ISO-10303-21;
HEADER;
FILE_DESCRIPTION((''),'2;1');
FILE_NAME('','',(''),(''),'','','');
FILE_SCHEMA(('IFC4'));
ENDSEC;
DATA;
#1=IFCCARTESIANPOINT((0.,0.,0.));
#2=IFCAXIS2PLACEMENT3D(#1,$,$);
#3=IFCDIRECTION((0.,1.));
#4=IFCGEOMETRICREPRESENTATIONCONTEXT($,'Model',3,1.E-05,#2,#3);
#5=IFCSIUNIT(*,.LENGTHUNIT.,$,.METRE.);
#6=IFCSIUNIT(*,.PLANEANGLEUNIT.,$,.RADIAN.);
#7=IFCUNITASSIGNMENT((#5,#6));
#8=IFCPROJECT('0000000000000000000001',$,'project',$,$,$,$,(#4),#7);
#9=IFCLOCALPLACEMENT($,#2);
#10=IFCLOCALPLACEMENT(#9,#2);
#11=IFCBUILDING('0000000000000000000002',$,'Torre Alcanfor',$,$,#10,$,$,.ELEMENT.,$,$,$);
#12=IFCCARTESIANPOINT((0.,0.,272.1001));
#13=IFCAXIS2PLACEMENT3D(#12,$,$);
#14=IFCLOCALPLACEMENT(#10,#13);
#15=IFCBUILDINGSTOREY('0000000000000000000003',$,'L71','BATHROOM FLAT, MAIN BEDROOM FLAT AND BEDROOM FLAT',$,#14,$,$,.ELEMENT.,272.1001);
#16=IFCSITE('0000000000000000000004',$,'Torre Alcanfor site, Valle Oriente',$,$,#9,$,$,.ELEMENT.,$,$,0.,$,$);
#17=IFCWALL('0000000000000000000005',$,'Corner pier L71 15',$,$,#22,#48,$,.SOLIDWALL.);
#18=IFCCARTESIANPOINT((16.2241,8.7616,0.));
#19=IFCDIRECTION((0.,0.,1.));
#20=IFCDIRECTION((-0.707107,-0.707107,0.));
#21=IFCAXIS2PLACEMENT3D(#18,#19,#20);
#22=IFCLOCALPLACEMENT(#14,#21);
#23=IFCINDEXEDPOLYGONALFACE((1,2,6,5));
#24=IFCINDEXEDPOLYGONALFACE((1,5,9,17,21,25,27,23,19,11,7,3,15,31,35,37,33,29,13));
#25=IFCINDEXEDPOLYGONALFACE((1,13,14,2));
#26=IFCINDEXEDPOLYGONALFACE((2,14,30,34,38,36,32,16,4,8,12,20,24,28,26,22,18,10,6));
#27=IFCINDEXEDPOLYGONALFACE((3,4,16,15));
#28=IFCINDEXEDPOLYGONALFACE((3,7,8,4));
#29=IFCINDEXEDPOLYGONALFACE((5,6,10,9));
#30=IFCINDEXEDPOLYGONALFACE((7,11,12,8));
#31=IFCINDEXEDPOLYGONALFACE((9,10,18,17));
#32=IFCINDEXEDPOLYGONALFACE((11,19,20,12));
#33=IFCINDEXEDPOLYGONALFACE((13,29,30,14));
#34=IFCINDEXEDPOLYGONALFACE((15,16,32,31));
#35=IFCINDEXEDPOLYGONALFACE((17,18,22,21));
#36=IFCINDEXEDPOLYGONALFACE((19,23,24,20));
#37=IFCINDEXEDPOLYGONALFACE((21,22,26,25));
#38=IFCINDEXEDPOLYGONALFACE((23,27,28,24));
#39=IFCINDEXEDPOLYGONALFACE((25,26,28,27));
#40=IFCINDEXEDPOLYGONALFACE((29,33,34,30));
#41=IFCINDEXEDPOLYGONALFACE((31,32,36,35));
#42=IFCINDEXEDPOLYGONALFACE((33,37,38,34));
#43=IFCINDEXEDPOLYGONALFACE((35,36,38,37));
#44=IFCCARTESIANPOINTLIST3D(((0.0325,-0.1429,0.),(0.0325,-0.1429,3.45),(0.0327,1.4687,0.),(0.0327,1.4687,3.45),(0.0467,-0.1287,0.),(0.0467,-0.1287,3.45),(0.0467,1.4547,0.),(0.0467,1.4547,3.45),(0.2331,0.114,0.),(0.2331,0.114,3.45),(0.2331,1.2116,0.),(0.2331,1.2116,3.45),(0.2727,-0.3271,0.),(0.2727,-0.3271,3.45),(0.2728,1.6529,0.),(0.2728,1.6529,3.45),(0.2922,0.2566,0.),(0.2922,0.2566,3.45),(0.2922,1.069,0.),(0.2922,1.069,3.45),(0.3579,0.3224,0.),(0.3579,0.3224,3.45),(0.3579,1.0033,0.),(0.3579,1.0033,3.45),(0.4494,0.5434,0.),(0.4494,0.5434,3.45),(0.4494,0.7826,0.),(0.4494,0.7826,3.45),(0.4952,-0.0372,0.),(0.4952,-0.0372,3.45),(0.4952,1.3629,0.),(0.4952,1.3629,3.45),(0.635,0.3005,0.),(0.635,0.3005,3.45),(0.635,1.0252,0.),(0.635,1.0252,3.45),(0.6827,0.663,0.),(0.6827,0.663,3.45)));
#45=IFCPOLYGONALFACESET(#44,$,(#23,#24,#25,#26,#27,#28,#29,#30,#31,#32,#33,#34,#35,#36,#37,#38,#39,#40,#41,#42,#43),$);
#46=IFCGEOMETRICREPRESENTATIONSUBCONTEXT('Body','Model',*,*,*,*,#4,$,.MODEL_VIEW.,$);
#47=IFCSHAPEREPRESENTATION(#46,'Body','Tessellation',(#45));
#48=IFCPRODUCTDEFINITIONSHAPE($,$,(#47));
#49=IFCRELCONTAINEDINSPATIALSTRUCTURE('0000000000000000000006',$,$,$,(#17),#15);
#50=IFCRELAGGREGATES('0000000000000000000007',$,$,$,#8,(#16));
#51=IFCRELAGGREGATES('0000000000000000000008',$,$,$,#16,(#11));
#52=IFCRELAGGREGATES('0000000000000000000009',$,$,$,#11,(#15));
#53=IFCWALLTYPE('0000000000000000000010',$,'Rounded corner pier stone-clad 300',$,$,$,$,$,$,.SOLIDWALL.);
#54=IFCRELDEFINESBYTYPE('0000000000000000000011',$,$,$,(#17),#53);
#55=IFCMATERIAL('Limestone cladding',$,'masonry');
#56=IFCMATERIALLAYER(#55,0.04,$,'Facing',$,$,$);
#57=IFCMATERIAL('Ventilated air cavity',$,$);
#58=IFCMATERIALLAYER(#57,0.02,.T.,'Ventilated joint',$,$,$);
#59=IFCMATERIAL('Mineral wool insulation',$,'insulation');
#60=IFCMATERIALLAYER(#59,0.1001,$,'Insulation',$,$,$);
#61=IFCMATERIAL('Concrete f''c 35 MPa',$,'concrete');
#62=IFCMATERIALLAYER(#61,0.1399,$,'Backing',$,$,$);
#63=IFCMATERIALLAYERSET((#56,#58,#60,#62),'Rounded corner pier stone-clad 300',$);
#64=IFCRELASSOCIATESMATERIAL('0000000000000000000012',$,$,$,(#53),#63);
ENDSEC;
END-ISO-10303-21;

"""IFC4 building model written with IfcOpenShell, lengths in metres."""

from ifc_helpers import new_model, si_unit, direction, frame, origin, place, context, subcontext, project, spatial, polyline, outline, extrude, material, layer, layer_set, type_object, element, save


model = new_model("IFC4")

# Units and contexts
model_context = context("Model", 3, precision=1e-05, world=origin(), true_north=direction((0.0, 1.0)))
body_context = subcontext(model_context, "Body", "Model", "MODEL_VIEW")
ifc_project = project(units=[si_unit("LENGTHUNIT", "METRE"), si_unit("PLANEANGLEUNIT", "RADIAN")], contexts=[model_context])

# Site, building, storey
site_placement = place(None, origin())
site = spatial("IfcSite", under=ifc_project, at=site_placement, Name="Torre Alcanfor site, Valle Oriente", CompositionType="ELEMENT", RefElevation=0.0)
building_placement = place(site_placement, origin())
building = spatial("IfcBuilding", under=site, at=building_placement, Name="Torre Alcanfor", CompositionType="ELEMENT")
storey_placement = place(building_placement, frame((0.0, 0.0, 272.1001)))
storey = spatial("IfcBuildingStorey", under=building, at=storey_placement, Name="L71", Description="BATHROOM FLAT, MAIN BEDROOM FLAT AND BEDROOM FLAT", CompositionType="ELEMENT", Elevation=272.1001)

# Shared definitions
ifc_material_1 = material(Name="Limestone cladding", Category="masonry")
ifc_material_2 = material(Name="Ventilated air cavity")
ifc_material_3 = material(Name="Mineral wool insulation", Category="insulation")
ifc_material_4 = material(Name="Concrete f'c 35 MPa", Category="concrete")

# Wall
ifc_layer_1 = layer(ifc_material_1, 0.04, Name="Facing")
ifc_layer_2 = layer(ifc_material_2, 0.02, ventilated=True, Name="Ventilated joint")
ifc_layer_3 = layer(ifc_material_3, 0.1001, Name="Insulation")
ifc_layer_4 = layer(ifc_material_4, 0.1399, Name="Backing")
ifc_layer_set_1 = layer_set([ifc_layer_1, ifc_layer_2, ifc_layer_3, ifc_layer_4], Name="Rounded corner pier stone-clad 300")
wall_type_1 = type_object("IfcWallType", Name="Rounded corner pier stone-clad 300", PredefinedType="SOLIDWALL", material=ifc_layer_set_1)
wall_1_placement = place(storey_placement, frame((16.2241, 8.7616, 0.0), z_axis=(0.0, 0.0, 1.0), x_axis=(-0.707107, -0.707107, 0.0)))
element("IfcWall", 1, at=wall_1_placement, inside=storey, type_object=wall_type_1, Name="Corner pier L71 15", PredefinedType="SOLIDWALL", context=body_context, shape_type="SweptSolid", body=[
    extrude(outline(polyline([(0.0327, 1.4687), (0.0467, 1.4547), (0.2331, 1.2116), (0.2922, 1.069), (0.3579, 1.0033), (0.4494, 0.7826), (0.4494, 0.5434), (0.3579, 0.3224), (0.2922, 0.2566), (0.2331, 0.114), (0.0467, -0.1287), (0.0325, -0.1429), (0.2727, -0.3271), (0.4952, -0.0372), (0.635, 0.3005), (0.6827, 0.663), (0.635, 1.0252), (0.4952, 1.3629), (0.2728, 1.6529), (0.0327, 1.4687)])), origin(), (0.0, 0.0, 1.0), 3.45),
])

save(model, "model.ifc")
